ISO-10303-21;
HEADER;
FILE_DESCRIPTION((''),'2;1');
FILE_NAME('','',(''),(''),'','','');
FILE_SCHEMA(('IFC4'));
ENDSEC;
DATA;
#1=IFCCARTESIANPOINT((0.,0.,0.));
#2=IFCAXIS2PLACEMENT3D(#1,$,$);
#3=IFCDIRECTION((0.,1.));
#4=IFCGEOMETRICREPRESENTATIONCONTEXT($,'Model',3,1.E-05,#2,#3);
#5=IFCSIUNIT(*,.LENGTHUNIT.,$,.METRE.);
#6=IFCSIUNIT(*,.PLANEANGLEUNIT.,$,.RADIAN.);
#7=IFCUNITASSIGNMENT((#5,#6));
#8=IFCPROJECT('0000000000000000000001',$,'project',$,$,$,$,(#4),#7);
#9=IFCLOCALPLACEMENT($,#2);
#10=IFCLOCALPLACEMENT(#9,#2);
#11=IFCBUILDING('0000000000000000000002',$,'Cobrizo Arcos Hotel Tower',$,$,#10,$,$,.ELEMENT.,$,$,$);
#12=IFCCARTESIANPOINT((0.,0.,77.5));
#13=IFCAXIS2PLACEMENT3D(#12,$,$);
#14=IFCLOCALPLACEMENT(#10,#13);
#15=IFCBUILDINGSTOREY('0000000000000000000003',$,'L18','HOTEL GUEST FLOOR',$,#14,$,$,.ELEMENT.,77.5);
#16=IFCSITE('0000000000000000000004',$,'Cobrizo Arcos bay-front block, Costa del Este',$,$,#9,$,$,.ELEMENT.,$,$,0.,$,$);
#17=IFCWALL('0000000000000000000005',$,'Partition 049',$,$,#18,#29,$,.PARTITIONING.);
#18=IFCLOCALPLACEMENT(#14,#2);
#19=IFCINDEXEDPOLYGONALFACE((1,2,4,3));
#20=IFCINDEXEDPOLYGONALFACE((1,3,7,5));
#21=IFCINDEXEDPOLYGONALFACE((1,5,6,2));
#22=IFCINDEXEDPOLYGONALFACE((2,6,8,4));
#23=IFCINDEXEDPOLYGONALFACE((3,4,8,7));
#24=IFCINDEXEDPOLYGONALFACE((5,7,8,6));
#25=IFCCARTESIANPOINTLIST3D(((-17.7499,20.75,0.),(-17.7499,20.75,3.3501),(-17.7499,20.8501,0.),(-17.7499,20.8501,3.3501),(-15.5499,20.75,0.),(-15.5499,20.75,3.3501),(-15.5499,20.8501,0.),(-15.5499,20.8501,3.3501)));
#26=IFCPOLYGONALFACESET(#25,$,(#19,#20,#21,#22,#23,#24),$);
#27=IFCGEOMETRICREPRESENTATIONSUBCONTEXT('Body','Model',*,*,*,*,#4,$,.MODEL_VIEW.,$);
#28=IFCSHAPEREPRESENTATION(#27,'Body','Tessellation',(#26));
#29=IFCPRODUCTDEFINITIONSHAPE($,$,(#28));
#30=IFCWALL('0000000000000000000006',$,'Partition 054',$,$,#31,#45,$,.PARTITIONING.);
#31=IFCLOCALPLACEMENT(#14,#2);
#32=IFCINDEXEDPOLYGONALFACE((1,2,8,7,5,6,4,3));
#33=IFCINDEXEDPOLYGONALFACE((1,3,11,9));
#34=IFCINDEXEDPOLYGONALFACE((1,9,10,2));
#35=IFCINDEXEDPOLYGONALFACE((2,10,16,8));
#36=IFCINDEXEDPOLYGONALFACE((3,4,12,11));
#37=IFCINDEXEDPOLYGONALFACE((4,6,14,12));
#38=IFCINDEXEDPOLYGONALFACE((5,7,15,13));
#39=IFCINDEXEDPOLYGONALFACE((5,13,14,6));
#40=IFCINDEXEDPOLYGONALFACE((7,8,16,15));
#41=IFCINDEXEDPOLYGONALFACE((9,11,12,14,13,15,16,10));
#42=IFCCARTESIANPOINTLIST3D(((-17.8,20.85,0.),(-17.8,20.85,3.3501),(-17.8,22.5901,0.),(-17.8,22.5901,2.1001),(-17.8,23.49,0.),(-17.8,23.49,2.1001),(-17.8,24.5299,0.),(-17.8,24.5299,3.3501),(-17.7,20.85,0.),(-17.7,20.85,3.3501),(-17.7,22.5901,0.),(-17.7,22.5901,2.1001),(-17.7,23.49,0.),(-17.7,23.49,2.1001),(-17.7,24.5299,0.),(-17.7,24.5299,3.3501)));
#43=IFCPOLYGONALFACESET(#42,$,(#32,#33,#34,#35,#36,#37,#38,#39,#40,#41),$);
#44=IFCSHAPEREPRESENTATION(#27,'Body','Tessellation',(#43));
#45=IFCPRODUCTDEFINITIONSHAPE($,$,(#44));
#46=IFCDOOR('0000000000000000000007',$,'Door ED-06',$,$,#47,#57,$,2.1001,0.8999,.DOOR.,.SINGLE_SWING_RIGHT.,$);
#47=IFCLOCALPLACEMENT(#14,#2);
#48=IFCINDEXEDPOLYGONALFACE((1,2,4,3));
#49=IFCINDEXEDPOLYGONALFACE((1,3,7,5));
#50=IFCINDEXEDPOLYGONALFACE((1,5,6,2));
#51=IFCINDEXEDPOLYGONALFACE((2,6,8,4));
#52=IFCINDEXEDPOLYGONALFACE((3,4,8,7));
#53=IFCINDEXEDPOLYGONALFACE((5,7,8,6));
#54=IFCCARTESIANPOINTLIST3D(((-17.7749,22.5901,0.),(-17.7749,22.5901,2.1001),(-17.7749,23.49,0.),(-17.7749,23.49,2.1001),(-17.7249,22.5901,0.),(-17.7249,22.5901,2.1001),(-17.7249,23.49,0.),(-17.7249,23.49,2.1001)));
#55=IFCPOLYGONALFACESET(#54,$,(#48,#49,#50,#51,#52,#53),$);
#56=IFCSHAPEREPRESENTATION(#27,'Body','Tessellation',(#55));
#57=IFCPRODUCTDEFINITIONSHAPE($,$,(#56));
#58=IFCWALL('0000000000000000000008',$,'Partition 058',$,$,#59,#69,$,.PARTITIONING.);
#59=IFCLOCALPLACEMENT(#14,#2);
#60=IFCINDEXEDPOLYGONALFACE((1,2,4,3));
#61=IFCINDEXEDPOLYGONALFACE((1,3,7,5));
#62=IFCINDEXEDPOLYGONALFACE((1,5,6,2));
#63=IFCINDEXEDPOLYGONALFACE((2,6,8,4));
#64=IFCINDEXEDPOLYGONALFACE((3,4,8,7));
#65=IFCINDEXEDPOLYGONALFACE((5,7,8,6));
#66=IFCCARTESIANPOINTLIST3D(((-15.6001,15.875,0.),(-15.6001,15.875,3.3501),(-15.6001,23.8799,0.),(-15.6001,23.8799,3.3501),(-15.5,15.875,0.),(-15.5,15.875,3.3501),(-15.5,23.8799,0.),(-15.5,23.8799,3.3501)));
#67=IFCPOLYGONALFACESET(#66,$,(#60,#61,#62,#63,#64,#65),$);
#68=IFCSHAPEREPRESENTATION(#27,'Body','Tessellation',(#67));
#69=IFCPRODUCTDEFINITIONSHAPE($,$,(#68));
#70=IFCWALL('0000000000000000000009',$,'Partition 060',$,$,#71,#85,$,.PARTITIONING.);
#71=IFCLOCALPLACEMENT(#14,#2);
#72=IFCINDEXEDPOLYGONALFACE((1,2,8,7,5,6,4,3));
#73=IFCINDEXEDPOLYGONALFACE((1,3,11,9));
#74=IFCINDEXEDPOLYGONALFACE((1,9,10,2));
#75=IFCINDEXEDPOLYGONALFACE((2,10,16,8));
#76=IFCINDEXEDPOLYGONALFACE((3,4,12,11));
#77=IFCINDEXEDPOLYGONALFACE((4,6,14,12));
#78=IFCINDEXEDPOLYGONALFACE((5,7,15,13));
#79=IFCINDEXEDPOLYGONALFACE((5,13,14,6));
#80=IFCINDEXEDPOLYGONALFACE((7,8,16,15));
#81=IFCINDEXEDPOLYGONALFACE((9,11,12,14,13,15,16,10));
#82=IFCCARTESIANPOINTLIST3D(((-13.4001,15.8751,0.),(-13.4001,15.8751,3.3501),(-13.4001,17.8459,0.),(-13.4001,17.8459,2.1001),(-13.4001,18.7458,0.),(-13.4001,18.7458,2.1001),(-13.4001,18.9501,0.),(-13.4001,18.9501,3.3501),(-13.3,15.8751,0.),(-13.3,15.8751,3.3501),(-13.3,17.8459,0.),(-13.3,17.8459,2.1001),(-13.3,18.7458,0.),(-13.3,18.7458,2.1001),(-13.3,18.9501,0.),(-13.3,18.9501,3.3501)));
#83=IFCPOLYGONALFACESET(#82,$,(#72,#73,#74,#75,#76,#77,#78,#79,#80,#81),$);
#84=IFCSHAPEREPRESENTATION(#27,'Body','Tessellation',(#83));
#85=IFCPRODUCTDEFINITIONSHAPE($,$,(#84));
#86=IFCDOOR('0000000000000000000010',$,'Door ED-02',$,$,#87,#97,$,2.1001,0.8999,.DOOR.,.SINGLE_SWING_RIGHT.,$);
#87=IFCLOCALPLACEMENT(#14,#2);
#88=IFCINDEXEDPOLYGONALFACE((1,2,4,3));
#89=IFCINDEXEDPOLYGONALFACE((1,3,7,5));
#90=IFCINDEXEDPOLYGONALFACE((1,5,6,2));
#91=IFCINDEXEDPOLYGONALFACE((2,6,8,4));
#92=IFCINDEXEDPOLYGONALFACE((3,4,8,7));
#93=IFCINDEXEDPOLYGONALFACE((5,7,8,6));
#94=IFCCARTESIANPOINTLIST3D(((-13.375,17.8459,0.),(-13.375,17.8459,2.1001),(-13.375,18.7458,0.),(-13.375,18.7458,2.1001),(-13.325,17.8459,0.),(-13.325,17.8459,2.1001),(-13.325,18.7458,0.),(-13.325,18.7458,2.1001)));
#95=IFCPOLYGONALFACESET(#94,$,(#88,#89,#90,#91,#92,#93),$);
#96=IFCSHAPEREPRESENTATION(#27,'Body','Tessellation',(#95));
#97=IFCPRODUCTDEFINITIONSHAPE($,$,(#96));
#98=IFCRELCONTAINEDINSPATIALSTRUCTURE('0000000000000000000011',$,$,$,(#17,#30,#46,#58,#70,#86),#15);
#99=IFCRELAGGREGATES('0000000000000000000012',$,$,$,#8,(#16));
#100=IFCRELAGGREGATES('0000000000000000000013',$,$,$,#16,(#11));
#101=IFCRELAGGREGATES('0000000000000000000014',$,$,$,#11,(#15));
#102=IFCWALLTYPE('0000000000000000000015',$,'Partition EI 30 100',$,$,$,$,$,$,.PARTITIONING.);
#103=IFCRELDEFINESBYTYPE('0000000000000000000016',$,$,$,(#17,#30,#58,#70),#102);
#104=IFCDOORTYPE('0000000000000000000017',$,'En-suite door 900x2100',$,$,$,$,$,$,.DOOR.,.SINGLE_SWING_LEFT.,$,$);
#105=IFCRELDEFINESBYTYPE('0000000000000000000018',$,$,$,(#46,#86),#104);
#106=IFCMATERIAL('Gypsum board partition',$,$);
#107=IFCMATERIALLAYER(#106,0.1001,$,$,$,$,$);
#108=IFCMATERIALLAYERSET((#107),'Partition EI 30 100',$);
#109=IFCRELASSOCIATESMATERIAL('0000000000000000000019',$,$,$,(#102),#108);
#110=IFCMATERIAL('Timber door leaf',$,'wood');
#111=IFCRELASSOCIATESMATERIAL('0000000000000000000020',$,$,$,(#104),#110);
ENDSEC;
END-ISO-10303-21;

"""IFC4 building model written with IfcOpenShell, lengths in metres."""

from ifc_helpers import new_model, si_unit, direction, frame, frame_2d, origin, place, context, subcontext, project, spatial, rectangle, extrude, material, layer, layer_set, type_object, element, fill, save


model = new_model("IFC4")

# Units and contexts
model_context = context("Model", 3, precision=1e-05, world=origin(), true_north=direction((0.0, 1.0)))
body_context = subcontext(model_context, "Body", "Model", "MODEL_VIEW")
ifc_project = project(units=[si_unit("LENGTHUNIT", "METRE"), si_unit("PLANEANGLEUNIT", "RADIAN")], contexts=[model_context])

# Site, building, storey
site_placement = place(None, origin())
site = spatial("IfcSite", under=ifc_project, at=site_placement, Name="Cobrizo Arcos bay-front block, Costa del Este", CompositionType="ELEMENT", RefElevation=0.0)
building_placement = place(site_placement, origin())
building = spatial("IfcBuilding", under=site, at=building_placement, Name="Cobrizo Arcos Hotel Tower", CompositionType="ELEMENT")
storey_placement = place(building_placement, frame((0.0, 0.0, 77.5)))
storey = spatial("IfcBuildingStorey", under=building, at=storey_placement, Name="L18", Description="HOTEL GUEST FLOOR", CompositionType="ELEMENT", Elevation=77.5)

# Shared definitions
ifc_material_1 = material(Name="Gypsum board partition")
ifc_material_2 = material(Name="Timber door leaf", Category="wood")

# Wall
ifc_layer_1 = layer(ifc_material_1, 0.1001)
ifc_layer_set_1 = layer_set([ifc_layer_1], Name="Partition EI 30 100")
wall_type_1 = type_object("IfcWallType", Name="Partition EI 30 100", PredefinedType="PARTITIONING", material=ifc_layer_set_1)
for number, where, z_axis, x_axis, name in (
    (1, (-17.75, 20.8, 0.0), (0.0, 0.0, 1.0), (1.0, 0.0, 0.0), "Partition 049"),
):
    element("IfcWall", number, at=place(storey_placement, frame(where, z_axis=z_axis, x_axis=x_axis)), inside=storey, type_object=wall_type_1, Name=name, PredefinedType="PARTITIONING", context=body_context, shape_type="SweptSolid", body=[
        extrude(rectangle(XDim=2.2, YDim=0.1001, at=frame_2d((1.1001, 0.0))), origin(), (0.0, 0.0, 1.0), 3.3501),
    ])

# Wall, opening, door
wall_1_placement = place(storey_placement, frame((-17.75, 20.8501, 0.0), z_axis=(0.0, 0.0, 1.0), x_axis=(0.0, 1.0, 0.0)))
wall_1 = element("IfcWall", 2, at=wall_1_placement, inside=storey, type_object=wall_type_1, Name="Partition 054", PredefinedType="PARTITIONING", context=body_context, shape_type="SweptSolid", body=[
    extrude(rectangle(XDim=3.6799, YDim=0.1001, at=frame_2d((1.8398, 0.0))), origin(), (0.0, 0.0, 1.0), 3.3501),
])
opening_1_placement = place(wall_1_placement, frame((1.74, 0.0, 0.0)))
opening_1 = element("IfcOpeningElement", 3, at=opening_1_placement, cuts=wall_1, PredefinedType="OPENING", context=body_context, shape_type="SweptSolid", body=[
    extrude(rectangle(XDim=0.8999, YDim=2.1001, at=frame_2d((0.45, 1.05))), frame((0.0, 0.062, 0.0), z_axis=(0.0, -1.0, 0.0), x_axis=(1.0, 0.0, 0.0)), (0.0, 0.0, 1.0), 0.124),
])
door_type_1 = type_object("IfcDoorType", Name="En-suite door 900x2100", OperationType="SINGLE_SWING_LEFT", PredefinedType="DOOR", material=ifc_material_2)
door_1_placement = place(opening_1_placement, origin())
door_1 = element("IfcDoor", 4, at=door_1_placement, inside=storey, type_object=door_type_1, Name="Door ED-06", OperationType="SINGLE_SWING_RIGHT", OverallHeight=2.1001, OverallWidth=0.8999, PredefinedType="DOOR", context=body_context, shape_type="SweptSolid", body=[
    extrude(rectangle(XDim=0.8999, YDim=2.1001, at=frame_2d((0.45, 1.05))), frame((0.0, 0.0249, 0.0), z_axis=(0.0, -1.0, 0.0), x_axis=(1.0, 0.0, 0.0)), (0.0, 0.0, 1.0), 0.05),
])
fill(opening_1, door_1)

# Wall
wall_2_placement = place(storey_placement, frame((-15.55, 15.875, 0.0), z_axis=(0.0, 0.0, 1.0), x_axis=(0.0, 1.0, 0.0)))
element("IfcWall", 5, at=wall_2_placement, inside=storey, type_object=wall_type_1, Name="Partition 058", PredefinedType="PARTITIONING", context=body_context, shape_type="SweptSolid", body=[
    extrude(rectangle(XDim=8.0049, YDim=0.1001, at=frame_2d((4.0024, 0.0))), origin(), (0.0, 0.0, 1.0), 3.3501),
])

# Wall, opening, door
wall_3_placement = place(storey_placement, frame((-13.3501, 15.875, 0.0), z_axis=(0.0, 0.0, 1.0), x_axis=(0.0, 1.0, 0.0)))
wall_3 = element("IfcWall", 6, at=wall_3_placement, inside=storey, type_object=wall_type_1, Name="Partition 060", PredefinedType="PARTITIONING", context=body_context, shape_type="SweptSolid", body=[
    extrude(rectangle(XDim=3.075, YDim=0.1001, at=frame_2d((1.5376, 0.0))), origin(), (0.0, 0.0, 1.0), 3.3501),
])
opening_2_placement = place(wall_3_placement, frame((1.9709, 0.0, 0.0)))
opening_2 = element("IfcOpeningElement", 7, at=opening_2_placement, cuts=wall_3, PredefinedType="OPENING", context=body_context, shape_type="SweptSolid", body=[
    extrude(rectangle(XDim=0.8999, YDim=2.1001, at=frame_2d((0.45, 1.05))), frame((0.0, 0.062, 0.0), z_axis=(0.0, -1.0, 0.0), x_axis=(1.0, 0.0, 0.0)), (0.0, 0.0, 1.0), 0.124),
])
door_2_placement = place(opening_2_placement, origin())
door_2 = element("IfcDoor", 8, at=door_2_placement, inside=storey, type_object=door_type_1, Name="Door ED-02", OperationType="SINGLE_SWING_RIGHT", OverallHeight=2.1001, OverallWidth=0.8999, PredefinedType="DOOR", context=body_context, shape_type="SweptSolid", body=[
    extrude(rectangle(XDim=0.8999, YDim=2.1001, at=frame_2d((0.45, 1.05))), frame((0.0, 0.0249, 0.0), z_axis=(0.0, -1.0, 0.0), x_axis=(1.0, 0.0, 0.0)), (0.0, 0.0, 1.0), 0.05),
])
fill(opening_2, door_2)

save(model, "model.ifc")
